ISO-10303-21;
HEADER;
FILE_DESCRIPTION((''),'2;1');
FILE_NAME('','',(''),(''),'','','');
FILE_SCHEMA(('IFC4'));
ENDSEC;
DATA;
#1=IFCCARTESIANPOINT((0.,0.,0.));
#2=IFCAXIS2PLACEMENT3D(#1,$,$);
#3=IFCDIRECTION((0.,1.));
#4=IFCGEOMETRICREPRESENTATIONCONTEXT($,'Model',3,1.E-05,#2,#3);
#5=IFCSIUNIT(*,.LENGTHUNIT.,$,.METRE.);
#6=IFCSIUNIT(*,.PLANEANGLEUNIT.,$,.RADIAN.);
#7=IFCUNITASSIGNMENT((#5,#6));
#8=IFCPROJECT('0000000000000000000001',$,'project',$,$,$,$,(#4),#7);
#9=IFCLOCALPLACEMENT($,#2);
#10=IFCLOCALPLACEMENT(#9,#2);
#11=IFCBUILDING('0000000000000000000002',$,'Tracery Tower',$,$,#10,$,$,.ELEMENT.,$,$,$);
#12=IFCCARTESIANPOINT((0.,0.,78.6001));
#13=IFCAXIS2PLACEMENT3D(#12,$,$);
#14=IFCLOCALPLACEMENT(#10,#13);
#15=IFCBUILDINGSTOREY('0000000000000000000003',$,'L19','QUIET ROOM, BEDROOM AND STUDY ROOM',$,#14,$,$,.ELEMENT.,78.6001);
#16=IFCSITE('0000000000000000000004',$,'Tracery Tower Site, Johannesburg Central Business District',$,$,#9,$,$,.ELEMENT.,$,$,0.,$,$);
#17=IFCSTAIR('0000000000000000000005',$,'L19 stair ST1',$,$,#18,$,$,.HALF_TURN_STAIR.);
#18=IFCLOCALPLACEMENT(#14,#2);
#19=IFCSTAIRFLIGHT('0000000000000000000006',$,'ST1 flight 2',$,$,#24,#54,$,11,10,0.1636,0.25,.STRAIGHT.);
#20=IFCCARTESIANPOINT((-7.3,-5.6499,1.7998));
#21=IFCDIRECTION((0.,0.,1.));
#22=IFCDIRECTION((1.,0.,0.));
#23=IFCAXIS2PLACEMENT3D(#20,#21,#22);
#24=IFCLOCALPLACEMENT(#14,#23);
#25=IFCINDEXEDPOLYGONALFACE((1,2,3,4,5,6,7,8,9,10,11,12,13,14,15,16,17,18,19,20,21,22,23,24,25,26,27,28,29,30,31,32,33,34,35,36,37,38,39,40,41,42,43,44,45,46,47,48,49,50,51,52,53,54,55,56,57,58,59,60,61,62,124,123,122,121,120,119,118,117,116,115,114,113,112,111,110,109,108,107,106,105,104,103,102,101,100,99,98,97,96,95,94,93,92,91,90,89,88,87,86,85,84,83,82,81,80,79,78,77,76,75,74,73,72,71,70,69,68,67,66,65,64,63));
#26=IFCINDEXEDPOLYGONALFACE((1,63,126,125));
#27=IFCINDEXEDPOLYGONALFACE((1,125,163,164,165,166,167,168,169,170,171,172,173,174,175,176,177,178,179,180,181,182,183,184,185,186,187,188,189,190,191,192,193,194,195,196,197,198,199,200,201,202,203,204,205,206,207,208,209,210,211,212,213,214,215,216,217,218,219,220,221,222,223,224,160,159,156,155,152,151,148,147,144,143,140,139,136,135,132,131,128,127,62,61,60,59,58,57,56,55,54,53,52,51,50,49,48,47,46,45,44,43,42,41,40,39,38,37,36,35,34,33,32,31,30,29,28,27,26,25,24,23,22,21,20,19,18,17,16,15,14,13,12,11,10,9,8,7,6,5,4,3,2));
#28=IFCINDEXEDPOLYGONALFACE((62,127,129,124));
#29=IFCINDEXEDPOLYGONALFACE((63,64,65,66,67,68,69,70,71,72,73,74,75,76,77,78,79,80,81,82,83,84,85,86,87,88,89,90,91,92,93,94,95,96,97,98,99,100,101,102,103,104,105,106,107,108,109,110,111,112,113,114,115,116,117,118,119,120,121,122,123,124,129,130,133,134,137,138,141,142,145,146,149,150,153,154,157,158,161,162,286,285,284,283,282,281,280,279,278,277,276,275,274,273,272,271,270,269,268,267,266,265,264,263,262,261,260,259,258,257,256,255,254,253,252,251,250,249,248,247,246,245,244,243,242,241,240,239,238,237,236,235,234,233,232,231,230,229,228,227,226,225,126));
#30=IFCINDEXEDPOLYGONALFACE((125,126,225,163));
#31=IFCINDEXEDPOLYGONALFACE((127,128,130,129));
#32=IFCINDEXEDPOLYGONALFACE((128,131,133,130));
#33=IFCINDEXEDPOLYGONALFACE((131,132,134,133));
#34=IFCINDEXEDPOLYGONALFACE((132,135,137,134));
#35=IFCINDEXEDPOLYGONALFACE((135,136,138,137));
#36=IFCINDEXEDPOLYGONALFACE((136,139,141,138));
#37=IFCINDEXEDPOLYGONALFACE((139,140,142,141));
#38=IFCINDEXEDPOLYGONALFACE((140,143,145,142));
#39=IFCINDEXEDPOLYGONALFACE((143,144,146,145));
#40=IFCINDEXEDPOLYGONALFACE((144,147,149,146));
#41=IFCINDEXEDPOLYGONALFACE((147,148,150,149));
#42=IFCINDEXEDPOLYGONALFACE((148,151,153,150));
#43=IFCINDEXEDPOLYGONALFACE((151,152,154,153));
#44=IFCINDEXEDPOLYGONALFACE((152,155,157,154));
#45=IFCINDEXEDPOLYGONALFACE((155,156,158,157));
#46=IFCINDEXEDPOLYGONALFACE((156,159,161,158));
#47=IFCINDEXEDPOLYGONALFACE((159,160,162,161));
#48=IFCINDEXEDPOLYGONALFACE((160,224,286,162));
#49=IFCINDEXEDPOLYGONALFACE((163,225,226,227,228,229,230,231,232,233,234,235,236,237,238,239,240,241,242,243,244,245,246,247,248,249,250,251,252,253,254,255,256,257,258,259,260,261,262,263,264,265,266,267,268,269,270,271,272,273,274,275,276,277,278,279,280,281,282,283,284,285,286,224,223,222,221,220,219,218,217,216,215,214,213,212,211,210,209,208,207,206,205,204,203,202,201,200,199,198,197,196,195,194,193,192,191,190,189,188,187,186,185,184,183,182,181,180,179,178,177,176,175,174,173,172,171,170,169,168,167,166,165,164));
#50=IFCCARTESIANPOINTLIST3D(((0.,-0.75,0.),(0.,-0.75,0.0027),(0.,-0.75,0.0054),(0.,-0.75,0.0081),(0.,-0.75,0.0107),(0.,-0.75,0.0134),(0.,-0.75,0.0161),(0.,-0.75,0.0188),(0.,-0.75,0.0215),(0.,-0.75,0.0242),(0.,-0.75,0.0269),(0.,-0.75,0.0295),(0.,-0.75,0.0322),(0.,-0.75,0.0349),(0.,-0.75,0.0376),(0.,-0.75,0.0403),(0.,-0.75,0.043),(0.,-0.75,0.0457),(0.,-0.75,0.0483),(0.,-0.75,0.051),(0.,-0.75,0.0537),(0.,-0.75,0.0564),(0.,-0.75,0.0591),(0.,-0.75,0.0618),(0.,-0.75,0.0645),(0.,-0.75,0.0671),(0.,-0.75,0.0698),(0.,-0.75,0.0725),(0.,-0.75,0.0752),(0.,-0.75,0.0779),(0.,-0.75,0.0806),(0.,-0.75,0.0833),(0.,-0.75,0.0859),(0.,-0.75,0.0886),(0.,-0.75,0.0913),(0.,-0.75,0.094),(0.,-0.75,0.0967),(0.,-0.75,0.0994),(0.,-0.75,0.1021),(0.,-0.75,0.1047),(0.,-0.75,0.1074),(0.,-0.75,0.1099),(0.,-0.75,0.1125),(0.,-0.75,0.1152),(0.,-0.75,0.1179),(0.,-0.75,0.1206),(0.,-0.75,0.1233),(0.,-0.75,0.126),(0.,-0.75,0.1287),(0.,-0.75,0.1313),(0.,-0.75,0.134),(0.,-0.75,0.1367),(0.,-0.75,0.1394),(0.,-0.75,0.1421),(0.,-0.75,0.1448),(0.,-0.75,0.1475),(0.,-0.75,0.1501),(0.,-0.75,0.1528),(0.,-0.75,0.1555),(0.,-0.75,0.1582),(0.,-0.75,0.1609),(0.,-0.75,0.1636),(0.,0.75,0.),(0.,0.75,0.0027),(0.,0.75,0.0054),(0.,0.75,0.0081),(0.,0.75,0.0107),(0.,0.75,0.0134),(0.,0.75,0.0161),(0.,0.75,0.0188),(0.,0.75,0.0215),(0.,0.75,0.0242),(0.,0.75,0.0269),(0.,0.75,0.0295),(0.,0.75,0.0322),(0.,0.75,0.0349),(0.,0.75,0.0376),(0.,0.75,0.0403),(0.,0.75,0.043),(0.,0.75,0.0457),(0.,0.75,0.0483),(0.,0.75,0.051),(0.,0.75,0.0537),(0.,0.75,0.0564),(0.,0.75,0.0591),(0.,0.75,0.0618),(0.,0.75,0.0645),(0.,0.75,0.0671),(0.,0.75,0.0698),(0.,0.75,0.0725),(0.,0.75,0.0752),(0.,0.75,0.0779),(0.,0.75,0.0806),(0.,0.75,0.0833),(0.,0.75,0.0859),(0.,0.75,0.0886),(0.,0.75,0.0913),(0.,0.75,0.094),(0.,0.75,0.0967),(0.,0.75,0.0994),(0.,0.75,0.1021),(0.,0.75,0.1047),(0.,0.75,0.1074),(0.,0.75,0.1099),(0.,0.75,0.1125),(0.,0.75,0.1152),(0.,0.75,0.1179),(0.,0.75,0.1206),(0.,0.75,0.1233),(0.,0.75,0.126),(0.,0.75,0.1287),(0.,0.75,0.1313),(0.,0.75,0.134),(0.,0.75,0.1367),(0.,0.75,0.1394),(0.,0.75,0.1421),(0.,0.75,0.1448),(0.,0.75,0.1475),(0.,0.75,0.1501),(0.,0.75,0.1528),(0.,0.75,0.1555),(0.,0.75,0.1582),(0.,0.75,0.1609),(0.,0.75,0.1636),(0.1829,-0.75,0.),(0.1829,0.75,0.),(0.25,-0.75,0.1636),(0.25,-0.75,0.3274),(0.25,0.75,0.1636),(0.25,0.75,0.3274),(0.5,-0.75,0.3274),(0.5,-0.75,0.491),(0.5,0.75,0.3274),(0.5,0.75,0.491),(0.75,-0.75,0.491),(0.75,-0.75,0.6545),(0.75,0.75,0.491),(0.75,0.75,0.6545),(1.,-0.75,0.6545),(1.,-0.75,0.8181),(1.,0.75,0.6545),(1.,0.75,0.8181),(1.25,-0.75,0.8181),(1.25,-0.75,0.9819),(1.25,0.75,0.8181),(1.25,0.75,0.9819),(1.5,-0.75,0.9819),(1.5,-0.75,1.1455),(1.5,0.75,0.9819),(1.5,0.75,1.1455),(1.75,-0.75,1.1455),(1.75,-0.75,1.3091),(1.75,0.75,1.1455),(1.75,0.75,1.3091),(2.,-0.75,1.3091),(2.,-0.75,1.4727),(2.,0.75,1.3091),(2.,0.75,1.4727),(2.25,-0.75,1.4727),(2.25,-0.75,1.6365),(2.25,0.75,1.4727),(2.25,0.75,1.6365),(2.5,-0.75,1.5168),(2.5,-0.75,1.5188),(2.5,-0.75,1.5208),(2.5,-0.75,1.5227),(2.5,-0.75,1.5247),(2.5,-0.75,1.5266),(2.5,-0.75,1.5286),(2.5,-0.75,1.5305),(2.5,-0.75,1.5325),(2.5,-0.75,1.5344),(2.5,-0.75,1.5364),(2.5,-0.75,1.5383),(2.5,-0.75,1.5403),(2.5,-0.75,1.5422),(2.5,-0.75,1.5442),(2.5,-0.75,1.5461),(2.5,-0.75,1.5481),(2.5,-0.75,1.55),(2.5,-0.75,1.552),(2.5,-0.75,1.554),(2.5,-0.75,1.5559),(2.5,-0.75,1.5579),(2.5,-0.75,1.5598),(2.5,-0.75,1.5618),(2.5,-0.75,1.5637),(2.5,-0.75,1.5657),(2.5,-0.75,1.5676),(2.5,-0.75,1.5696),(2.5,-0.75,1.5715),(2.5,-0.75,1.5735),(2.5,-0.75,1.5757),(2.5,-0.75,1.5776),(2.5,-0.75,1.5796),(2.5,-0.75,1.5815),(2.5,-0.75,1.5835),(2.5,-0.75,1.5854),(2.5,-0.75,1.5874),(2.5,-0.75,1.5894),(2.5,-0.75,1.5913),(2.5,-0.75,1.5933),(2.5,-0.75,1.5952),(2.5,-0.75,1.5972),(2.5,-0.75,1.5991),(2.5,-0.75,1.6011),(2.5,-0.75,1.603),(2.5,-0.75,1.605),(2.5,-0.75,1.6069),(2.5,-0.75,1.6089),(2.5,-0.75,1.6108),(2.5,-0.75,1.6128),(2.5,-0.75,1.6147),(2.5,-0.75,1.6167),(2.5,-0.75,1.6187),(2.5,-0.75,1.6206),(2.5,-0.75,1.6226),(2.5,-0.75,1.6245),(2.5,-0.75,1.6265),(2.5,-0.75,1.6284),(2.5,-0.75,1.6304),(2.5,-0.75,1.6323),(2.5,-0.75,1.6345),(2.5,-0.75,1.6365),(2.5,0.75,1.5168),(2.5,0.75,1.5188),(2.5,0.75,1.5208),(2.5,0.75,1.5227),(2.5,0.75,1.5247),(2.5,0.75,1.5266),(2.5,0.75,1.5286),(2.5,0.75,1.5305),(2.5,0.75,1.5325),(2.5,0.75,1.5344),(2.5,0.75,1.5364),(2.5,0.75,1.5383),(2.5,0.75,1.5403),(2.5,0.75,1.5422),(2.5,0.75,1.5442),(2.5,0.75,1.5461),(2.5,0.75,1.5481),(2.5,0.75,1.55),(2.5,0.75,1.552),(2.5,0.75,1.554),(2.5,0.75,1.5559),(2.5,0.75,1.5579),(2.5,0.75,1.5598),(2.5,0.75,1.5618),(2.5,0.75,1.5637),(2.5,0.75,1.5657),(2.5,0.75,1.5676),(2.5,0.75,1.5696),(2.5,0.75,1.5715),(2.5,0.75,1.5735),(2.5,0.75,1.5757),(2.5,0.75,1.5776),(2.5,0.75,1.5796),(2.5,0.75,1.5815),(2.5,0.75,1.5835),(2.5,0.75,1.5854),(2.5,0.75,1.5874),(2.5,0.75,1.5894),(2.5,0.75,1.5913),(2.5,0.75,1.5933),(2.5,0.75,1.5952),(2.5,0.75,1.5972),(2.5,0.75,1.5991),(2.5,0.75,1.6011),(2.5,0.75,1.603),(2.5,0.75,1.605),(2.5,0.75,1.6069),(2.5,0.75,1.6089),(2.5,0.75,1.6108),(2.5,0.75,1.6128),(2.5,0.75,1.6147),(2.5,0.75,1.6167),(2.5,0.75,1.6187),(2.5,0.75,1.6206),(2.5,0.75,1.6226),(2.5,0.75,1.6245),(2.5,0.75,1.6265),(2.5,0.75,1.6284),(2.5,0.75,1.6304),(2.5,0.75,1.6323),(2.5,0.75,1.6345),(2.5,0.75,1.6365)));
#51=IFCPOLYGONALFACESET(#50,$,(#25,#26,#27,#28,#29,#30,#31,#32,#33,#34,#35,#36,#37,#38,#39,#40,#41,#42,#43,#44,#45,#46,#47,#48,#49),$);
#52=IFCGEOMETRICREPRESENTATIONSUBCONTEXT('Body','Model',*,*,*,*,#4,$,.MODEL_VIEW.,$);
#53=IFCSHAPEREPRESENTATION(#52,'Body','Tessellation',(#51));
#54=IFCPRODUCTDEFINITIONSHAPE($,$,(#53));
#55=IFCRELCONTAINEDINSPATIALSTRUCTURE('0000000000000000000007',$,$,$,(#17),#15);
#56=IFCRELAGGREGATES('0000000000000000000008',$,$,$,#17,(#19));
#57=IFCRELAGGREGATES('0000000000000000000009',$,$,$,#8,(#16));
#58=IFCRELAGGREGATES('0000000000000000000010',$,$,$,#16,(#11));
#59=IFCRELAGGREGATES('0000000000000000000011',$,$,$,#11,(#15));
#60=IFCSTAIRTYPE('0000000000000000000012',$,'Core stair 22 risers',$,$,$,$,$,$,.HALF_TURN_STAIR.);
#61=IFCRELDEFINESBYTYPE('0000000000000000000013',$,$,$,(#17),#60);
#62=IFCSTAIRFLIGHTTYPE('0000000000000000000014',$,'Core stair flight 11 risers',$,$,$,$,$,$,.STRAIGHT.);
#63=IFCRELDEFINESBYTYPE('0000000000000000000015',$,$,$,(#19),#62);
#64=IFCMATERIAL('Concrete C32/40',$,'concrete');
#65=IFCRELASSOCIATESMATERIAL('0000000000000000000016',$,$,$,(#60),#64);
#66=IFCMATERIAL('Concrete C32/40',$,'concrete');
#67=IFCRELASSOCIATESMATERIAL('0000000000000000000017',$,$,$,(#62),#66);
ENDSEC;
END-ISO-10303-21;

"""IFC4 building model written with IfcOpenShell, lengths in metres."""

from ifc_helpers import new_model, si_unit, direction, frame, origin, place, context, subcontext, project, spatial, polyline, outline, extrude, material, type_object, element, aggregate, save


model = new_model("IFC4")

# Units and contexts
model_context = context("Model", 3, precision=1e-05, world=origin(), true_north=direction((0.0, 1.0)))
body_context = subcontext(model_context, "Body", "Model", "MODEL_VIEW")
ifc_project = project(units=[si_unit("LENGTHUNIT", "METRE"), si_unit("PLANEANGLEUNIT", "RADIAN")], contexts=[model_context])

# Site, building, storey
site_placement = place(None, origin())
site = spatial("IfcSite", under=ifc_project, at=site_placement, Name="Tracery Tower Site, Johannesburg Central Business District", CompositionType="ELEMENT", RefElevation=0.0)
building_placement = place(site_placement, origin())
building = spatial("IfcBuilding", under=site, at=building_placement, Name="Tracery Tower", CompositionType="ELEMENT")
storey_placement = place(building_placement, frame((0.0, 0.0, 78.6001)))
storey = spatial("IfcBuildingStorey", under=building, at=storey_placement, Name="L19", Description="QUIET ROOM, BEDROOM AND STUDY ROOM", CompositionType="ELEMENT", Elevation=78.6001)

# Stair, stair flight
ifc_material_1 = material(Name="Concrete C32/40", Category="concrete")
stair_type = type_object("IfcStairType", Name="Core stair 22 risers", PredefinedType="HALF_TURN_STAIR", material=ifc_material_1)
stair_placement = place(storey_placement, origin())
stair = element("IfcStair", 1, at=stair_placement, inside=storey, type_object=stair_type, Name="L19 stair ST1", PredefinedType="HALF_TURN_STAIR")
ifc_material_2 = material(Name="Concrete C32/40", Category="concrete")
stair_flight_type = type_object("IfcStairFlightType", Name="Core stair flight 11 risers", PredefinedType="STRAIGHT", material=ifc_material_2)
stair_flight_1_placement = place(storey_placement, frame((-7.3, -5.6499, 1.7998), z_axis=(0.0, 0.0, 1.0), x_axis=(1.0, 0.0, 0.0)))
stair_flight_1 = element("IfcStairFlight", 2, at=stair_flight_1_placement, type_object=stair_flight_type, Name="ST1 flight 2", NumberOfRisers=11, NumberOfTreads=10, PredefinedType="STRAIGHT", RiserHeight=0.1636, TreadLength=0.25, context=body_context, shape_type="SweptSolid", body=[
    extrude(outline(polyline([(0.0, 0.0), (0.0, 0.0027), (0.0, 0.0054), (0.0, 0.0081), (0.0, 0.0107), (0.0, 0.0134), (0.0, 0.0161), (0.0, 0.0188), (0.0, 0.0215), (0.0, 0.0242), (0.0, 0.0269), (0.0, 0.0295), (0.0, 0.0322), (0.0, 0.0349), (0.0, 0.0376), (0.0, 0.0403), (0.0, 0.043), (0.0, 0.0457), (0.0, 0.0483), (0.0, 0.051), (0.0, 0.0537), (0.0, 0.0564), (0.0, 0.0591), (0.0, 0.0618), (0.0, 0.0645), (0.0, 0.0671), (0.0, 0.0698), (0.0, 0.0725), (0.0, 0.0752), (0.0, 0.0779), (0.0, 0.0806), (0.0, 0.0833), (0.0, 0.0859), (0.0, 0.0886), (0.0, 0.0913), (0.0, 0.094), (0.0, 0.0967), (0.0, 0.0994), (0.0, 0.1021), (0.0, 0.1047), (0.0, 0.1074), (0.0, 0.1099), (0.0, 0.1125), (0.0, 0.1152), (0.0, 0.1179), (0.0, 0.1206), (0.0, 0.1233), (0.0, 0.126), (0.0, 0.1287), (0.0, 0.1313), (0.0, 0.134), (0.0, 0.1367), (0.0, 0.1394), (0.0, 0.1421), (0.0, 0.1448), (0.0, 0.1475), (0.0, 0.1501), (0.0, 0.1528), (0.0, 0.1555), (0.0, 0.1582), (0.0, 0.1609), (0.0, 0.1636), (0.25, 0.1636), (0.25, 0.3274), (0.5, 0.3274), (0.5, 0.491), (0.75, 0.491), (0.75, 0.6545), (1.0, 0.6545), (1.0, 0.8181), (1.25, 0.8181), (1.25, 0.9819), (1.5, 0.9819), (1.5, 1.1455), (1.75, 1.1455), (1.75, 1.3091), (2.0, 1.3091), (2.0, 1.4727), (2.25, 1.4727), (2.25, 1.6365), (2.5, 1.6365), (2.5, 1.6345), (2.5, 1.6323), (2.5, 1.6304), (2.5, 1.6284), (2.5, 1.6265), (2.5, 1.6245), (2.5, 1.6226), (2.5, 1.6206), (2.5, 1.6187), (2.5, 1.6167), (2.5, 1.6147), (2.5, 1.6128), (2.5, 1.6108), (2.5, 1.6089), (2.5, 1.6069), (2.5, 1.605), (2.5, 1.603), (2.5, 1.6011), (2.5, 1.5991), (2.5, 1.5972), (2.5, 1.5952), (2.5, 1.5933), (2.5, 1.5913), (2.5, 1.5894), (2.5, 1.5874), (2.5, 1.5854), (2.5, 1.5835), (2.5, 1.5815), (2.5, 1.5796), (2.5, 1.5776), (2.5, 1.5757), (2.5, 1.5735), (2.5, 1.5715), (2.5, 1.5696), (2.5, 1.5676), (2.5, 1.5657), (2.5, 1.5637), (2.5, 1.5618), (2.5, 1.5598), (2.5, 1.5579), (2.5, 1.5559), (2.5, 1.554), (2.5, 1.552), (2.5, 1.55), (2.5, 1.5481), (2.5, 1.5461), (2.5, 1.5442), (2.5, 1.5422), (2.5, 1.5403), (2.5, 1.5383), (2.5, 1.5364), (2.5, 1.5344), (2.5, 1.5325), (2.5, 1.5305), (2.5, 1.5286), (2.5, 1.5266), (2.5, 1.5247), (2.5, 1.5227), (2.5, 1.5208), (2.5, 1.5188), (2.5, 1.5168), (0.1829, 0.0), (0.0, 0.0)])), frame((0.0, 0.75, 0.0), z_axis=(0.0, -1.0, 0.0), x_axis=(1.0, 0.0, 0.0)), (0.0, 0.0, 1.0), 1.5),
])
aggregate(stair, [stair_flight_1])

save(model, "model.ifc")
